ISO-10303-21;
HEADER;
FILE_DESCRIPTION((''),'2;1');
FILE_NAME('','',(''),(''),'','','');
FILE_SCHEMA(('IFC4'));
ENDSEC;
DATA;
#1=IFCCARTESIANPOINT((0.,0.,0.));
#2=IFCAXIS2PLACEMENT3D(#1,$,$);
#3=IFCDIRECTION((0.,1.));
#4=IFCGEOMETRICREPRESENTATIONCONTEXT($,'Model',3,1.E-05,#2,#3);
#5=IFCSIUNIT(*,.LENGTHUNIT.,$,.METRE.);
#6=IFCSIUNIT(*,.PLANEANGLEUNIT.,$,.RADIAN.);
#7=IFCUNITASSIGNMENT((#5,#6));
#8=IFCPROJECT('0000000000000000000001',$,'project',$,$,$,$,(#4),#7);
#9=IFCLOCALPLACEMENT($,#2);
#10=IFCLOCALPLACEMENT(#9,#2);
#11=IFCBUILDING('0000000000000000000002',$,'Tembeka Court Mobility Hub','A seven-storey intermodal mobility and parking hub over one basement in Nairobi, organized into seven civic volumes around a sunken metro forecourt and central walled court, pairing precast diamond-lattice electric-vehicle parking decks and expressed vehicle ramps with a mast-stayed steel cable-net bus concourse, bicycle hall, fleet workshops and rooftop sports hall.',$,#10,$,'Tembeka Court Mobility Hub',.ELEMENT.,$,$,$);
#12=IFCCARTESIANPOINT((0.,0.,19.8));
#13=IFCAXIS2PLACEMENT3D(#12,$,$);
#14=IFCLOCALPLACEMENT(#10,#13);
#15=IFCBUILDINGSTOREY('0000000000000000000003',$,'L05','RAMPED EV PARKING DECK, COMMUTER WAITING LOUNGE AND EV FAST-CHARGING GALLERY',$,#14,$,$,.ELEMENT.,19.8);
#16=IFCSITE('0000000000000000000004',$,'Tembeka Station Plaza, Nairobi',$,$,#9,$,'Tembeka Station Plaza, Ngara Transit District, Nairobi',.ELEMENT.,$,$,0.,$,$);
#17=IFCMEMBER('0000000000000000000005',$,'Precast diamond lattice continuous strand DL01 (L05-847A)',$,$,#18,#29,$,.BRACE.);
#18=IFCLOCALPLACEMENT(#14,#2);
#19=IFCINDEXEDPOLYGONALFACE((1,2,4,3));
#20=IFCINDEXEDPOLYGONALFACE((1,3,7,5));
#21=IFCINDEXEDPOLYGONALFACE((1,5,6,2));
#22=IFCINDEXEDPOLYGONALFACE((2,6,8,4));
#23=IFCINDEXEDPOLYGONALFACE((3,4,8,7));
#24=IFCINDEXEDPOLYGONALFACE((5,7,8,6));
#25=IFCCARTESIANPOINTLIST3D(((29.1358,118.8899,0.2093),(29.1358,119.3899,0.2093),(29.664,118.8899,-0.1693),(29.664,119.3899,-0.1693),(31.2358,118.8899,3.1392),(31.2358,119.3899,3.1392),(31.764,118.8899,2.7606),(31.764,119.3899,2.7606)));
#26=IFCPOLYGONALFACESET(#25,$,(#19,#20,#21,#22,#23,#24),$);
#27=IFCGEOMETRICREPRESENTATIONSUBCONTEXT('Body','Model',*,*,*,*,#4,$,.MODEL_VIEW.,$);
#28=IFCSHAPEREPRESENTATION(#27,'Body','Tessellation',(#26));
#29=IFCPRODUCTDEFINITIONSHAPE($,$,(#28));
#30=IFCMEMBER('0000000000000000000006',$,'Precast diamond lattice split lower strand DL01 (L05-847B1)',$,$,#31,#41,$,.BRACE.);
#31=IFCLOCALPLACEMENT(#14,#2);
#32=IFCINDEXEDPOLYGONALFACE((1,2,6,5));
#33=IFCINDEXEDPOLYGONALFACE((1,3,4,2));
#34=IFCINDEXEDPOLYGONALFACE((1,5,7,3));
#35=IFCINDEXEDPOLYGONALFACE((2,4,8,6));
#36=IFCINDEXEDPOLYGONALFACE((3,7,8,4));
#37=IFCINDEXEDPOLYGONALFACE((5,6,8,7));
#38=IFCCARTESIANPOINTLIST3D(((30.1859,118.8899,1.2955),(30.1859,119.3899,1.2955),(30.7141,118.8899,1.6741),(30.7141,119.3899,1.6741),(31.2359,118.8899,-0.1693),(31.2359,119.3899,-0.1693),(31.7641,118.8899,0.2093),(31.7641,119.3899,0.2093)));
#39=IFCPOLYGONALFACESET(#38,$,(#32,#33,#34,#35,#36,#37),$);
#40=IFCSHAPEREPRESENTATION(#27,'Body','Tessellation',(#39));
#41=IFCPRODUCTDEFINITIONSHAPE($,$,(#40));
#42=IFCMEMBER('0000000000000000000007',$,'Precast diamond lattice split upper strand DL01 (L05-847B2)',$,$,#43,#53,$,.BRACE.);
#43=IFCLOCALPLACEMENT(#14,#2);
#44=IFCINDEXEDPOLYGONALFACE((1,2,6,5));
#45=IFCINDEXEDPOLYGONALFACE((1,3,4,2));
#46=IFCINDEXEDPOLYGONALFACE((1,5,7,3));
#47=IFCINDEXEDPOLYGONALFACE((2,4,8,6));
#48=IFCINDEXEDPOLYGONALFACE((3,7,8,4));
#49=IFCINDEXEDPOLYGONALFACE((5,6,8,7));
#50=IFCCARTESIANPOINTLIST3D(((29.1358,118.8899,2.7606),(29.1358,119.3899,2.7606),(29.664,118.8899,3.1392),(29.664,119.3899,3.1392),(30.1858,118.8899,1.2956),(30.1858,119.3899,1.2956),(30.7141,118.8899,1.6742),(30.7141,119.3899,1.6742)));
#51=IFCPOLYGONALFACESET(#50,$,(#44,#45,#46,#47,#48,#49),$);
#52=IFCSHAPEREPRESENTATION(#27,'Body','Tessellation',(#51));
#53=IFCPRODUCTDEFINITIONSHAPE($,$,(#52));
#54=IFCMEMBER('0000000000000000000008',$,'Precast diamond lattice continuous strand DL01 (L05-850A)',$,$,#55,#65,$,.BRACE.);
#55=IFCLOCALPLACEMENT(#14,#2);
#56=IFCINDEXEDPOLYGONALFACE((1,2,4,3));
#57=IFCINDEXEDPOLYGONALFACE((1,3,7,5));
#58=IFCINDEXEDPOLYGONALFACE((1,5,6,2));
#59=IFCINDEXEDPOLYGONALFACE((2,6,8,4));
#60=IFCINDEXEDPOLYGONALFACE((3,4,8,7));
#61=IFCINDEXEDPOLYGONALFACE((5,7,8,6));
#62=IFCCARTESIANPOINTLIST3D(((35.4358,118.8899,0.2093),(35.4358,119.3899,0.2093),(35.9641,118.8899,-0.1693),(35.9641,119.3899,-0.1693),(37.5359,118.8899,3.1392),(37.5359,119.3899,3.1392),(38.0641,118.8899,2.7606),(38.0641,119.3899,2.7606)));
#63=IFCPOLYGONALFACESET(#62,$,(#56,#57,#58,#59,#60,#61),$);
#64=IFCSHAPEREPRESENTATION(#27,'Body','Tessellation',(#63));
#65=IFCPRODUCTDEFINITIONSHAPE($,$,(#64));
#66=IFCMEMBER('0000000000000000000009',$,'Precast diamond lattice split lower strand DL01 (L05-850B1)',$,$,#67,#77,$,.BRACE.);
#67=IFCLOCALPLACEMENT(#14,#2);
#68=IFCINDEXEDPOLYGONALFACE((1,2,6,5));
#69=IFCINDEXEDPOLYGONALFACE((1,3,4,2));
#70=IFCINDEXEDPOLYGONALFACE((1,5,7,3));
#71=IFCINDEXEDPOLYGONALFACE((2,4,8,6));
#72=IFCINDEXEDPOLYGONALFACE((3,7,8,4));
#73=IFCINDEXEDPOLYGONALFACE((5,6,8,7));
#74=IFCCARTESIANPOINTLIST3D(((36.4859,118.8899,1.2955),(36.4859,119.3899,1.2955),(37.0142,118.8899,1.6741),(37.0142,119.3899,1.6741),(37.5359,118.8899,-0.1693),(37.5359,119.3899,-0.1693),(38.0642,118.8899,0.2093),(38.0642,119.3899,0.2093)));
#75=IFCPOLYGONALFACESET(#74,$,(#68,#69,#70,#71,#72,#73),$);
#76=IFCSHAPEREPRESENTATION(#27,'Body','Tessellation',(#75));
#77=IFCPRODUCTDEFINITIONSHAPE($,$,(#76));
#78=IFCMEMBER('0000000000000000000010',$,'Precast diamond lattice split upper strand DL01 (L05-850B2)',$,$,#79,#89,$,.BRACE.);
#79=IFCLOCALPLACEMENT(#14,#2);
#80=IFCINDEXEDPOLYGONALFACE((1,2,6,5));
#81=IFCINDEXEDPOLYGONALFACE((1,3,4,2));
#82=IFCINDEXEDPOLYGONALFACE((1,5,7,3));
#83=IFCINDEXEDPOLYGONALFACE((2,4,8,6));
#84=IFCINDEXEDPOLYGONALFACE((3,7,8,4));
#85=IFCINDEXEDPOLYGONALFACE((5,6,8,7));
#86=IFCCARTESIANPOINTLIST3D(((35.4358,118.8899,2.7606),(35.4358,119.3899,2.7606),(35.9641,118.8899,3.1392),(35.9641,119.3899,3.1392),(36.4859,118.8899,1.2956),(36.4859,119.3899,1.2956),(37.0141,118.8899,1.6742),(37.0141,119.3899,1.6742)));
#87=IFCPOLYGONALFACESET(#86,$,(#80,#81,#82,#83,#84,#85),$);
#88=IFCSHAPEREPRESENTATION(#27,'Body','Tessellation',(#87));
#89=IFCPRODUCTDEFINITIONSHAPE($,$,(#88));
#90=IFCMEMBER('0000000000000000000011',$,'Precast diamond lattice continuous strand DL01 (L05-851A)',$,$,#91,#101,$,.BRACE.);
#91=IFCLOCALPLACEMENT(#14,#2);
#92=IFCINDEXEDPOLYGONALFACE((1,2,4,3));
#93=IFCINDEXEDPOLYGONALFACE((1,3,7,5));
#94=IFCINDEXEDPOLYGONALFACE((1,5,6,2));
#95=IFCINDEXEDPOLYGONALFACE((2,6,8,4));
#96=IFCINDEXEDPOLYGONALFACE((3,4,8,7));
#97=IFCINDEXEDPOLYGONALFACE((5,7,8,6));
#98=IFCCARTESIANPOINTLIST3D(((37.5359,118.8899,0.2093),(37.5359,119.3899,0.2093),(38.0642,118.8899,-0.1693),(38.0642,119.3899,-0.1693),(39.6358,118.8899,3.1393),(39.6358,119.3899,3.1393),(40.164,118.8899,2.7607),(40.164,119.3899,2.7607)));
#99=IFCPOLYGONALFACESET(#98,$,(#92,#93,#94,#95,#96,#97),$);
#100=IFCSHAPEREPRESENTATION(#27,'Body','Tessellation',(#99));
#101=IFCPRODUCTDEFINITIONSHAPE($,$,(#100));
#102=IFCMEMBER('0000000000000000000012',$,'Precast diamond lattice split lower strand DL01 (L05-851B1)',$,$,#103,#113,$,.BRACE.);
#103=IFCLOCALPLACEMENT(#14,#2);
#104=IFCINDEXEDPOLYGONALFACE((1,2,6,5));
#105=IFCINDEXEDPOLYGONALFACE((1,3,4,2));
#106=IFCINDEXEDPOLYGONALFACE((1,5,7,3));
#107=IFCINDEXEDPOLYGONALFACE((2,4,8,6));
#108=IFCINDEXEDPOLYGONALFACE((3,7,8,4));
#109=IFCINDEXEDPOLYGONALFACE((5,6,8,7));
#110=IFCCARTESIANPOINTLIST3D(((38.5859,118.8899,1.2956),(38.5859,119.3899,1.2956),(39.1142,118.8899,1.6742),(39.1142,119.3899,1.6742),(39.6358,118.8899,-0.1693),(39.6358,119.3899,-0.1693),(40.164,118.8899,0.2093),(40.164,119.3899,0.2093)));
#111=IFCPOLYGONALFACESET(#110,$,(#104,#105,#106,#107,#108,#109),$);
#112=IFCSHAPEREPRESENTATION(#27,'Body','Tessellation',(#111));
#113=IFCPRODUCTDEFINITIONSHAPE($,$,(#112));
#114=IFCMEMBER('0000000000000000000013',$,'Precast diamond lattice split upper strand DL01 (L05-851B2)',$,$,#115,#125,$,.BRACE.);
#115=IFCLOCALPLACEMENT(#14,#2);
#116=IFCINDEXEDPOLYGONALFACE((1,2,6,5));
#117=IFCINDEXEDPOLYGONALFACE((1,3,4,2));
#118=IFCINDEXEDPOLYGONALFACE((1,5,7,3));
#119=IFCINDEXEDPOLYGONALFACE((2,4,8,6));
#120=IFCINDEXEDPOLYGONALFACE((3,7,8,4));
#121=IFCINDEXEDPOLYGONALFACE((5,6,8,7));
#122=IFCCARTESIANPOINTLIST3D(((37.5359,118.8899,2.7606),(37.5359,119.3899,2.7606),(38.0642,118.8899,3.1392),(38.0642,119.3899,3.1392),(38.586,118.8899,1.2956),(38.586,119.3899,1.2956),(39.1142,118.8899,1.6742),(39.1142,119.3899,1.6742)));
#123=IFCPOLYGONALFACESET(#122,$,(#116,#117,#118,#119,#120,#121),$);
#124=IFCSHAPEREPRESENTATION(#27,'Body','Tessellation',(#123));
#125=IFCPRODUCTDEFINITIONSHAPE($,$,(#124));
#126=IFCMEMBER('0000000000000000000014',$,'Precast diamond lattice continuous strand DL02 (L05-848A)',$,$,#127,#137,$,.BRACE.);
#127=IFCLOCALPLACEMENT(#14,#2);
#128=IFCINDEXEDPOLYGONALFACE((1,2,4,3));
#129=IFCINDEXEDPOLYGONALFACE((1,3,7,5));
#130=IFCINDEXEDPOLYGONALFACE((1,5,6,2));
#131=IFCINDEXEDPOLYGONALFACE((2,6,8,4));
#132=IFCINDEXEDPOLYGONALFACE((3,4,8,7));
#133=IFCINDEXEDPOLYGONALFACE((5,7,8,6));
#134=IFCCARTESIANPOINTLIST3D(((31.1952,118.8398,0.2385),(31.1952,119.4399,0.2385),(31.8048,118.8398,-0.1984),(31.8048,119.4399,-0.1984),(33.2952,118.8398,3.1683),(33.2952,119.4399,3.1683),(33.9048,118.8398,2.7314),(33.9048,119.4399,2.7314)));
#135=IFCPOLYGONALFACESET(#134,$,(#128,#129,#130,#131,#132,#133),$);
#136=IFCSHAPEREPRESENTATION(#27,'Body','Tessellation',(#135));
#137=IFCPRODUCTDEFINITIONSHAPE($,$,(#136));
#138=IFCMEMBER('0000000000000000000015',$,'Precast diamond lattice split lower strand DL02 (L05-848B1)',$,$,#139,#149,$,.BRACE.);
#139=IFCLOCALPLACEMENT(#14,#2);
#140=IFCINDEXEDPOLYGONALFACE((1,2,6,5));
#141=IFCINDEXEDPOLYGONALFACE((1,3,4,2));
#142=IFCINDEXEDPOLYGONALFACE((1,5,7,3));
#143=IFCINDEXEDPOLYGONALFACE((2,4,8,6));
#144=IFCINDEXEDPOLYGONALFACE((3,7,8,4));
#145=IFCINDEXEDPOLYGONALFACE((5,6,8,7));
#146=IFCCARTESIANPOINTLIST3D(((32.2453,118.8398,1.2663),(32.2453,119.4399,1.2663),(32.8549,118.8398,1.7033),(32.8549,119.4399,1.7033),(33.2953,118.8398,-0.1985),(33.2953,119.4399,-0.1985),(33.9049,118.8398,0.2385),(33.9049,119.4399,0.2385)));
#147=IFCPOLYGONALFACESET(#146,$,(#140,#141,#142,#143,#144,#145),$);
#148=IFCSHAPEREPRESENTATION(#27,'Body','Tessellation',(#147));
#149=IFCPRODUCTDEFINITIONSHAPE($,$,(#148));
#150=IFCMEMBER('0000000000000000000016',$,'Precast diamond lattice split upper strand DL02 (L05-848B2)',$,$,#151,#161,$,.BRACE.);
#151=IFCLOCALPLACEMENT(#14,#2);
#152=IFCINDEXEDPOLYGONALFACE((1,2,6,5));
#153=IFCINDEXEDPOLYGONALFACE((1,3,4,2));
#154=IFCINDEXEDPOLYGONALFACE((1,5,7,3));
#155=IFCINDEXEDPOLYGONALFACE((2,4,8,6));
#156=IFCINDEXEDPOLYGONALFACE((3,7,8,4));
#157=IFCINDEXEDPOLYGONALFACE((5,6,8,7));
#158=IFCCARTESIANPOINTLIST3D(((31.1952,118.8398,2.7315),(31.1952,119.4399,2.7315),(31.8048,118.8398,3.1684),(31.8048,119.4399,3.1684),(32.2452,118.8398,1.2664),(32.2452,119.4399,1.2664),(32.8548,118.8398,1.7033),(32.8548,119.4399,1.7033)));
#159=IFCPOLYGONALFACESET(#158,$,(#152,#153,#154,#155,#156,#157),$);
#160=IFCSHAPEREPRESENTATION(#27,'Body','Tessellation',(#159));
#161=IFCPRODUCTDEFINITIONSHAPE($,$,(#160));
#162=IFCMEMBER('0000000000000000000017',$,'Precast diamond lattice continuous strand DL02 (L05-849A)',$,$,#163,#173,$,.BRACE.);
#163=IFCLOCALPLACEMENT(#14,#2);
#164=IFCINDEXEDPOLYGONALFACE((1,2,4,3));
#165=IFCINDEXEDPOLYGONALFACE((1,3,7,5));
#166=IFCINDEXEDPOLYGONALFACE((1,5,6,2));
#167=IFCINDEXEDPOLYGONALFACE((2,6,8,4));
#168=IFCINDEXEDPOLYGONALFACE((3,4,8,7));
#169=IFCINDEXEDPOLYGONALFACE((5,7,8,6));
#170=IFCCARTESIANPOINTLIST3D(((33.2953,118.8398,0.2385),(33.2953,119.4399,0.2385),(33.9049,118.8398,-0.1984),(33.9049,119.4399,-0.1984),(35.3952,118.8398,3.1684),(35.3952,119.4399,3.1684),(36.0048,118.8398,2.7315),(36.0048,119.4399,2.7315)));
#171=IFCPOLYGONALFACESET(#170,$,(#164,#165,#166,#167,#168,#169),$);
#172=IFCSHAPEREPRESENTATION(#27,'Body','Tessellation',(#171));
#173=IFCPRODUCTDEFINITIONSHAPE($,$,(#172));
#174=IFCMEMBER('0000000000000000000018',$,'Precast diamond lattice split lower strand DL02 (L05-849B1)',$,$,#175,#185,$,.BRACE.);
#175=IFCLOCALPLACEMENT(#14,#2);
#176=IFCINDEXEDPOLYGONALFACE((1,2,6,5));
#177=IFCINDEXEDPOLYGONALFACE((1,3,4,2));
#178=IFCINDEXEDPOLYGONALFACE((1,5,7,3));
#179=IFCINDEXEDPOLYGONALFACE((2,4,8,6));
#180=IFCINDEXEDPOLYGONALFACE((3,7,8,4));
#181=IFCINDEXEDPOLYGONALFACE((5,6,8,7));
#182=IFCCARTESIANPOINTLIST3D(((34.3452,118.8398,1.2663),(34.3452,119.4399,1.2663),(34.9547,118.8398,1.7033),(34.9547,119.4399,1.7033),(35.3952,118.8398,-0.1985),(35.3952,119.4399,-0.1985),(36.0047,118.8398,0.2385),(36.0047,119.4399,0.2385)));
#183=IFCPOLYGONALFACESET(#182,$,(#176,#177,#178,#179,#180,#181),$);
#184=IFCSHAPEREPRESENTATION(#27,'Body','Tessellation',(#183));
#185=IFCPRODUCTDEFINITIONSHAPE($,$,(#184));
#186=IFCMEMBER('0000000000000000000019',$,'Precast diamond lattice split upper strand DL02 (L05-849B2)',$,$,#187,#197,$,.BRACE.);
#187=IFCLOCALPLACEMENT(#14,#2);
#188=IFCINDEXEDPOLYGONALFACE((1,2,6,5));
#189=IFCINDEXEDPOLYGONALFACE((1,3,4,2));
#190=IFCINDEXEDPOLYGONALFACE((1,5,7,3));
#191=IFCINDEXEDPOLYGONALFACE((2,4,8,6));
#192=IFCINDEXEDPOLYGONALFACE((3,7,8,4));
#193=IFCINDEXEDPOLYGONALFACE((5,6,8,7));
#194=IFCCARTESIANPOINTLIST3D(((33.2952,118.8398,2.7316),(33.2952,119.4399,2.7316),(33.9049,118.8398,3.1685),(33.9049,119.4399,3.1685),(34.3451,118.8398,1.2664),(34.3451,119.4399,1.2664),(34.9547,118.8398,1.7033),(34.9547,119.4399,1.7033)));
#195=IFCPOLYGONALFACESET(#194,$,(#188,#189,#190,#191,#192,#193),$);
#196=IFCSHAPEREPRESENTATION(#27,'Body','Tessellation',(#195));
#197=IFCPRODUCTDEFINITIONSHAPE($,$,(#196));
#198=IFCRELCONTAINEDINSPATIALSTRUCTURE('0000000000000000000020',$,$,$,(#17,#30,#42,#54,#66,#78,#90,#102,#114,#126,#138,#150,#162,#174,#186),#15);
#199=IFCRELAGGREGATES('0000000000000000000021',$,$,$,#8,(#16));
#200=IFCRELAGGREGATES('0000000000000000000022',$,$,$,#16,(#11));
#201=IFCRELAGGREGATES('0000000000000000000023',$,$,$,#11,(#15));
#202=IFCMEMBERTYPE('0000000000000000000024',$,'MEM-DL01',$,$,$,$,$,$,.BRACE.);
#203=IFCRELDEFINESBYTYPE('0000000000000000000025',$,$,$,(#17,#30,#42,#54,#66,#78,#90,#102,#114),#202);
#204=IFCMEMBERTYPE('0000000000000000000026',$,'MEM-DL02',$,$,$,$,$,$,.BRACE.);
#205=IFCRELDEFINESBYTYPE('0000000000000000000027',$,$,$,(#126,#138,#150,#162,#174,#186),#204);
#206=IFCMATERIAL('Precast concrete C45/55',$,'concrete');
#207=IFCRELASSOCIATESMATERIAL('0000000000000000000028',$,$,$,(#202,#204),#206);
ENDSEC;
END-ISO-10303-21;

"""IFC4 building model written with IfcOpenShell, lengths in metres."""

from ifc_helpers import new_model, si_unit, direction, frame, origin, origin_2d, place, context, subcontext, project, spatial, rectangle, extrude, material, material_profile, profile_set, type_object, element, save


model = new_model("IFC4")

# Units and contexts
model_context = context("Model", 3, precision=1e-05, world=origin(), true_north=direction((0.0, 1.0)))
body_context = subcontext(model_context, "Body", "Model", "MODEL_VIEW")
ifc_project = project(units=[si_unit("LENGTHUNIT", "METRE"), si_unit("PLANEANGLEUNIT", "RADIAN")], contexts=[model_context])

# Site, building, storey
site_placement = place(None, origin())
site = spatial("IfcSite", under=ifc_project, at=site_placement, Name="Tembeka Station Plaza, Nairobi", LongName="Tembeka Station Plaza, Ngara Transit District, Nairobi", CompositionType="ELEMENT", RefElevation=0.0)
building_placement = place(site_placement, origin())
building = spatial("IfcBuilding", under=site, at=building_placement, Name="Tembeka Court Mobility Hub", Description="A seven-storey intermodal mobility and parking hub over one basement in Nairobi, organized into seven civic volumes around a sunken metro forecourt and central walled court, pairing precast diamond-lattice electric-vehicle parking decks and expressed vehicle ramps with a mast-stayed steel cable-net bus concourse, bicycle hall, fleet workshops and rooftop sports hall.", LongName="Tembeka Court Mobility Hub", CompositionType="ELEMENT")
storey_placement = place(building_placement, frame((0.0, 0.0, 19.8)))
storey = spatial("IfcBuildingStorey", under=building, at=storey_placement, Name="L05", Description="RAMPED EV PARKING DECK, COMMUTER WAITING LOUNGE AND EV FAST-CHARGING GALLERY", CompositionType="ELEMENT", Elevation=19.8)

# Members
ifc_material = material(Name="Precast concrete C45/55", Category="concrete")
ifc_material_profile_1 = material_profile(ifc_material, rectangle(XDim=0.5, YDim=0.6499, at=origin_2d()), Name="PC-DIAG 500x650")
ifc_profile_set_1 = profile_set([ifc_material_profile_1], Name="Precast concrete C45/55")
member_type_1 = type_object("IfcMemberType", Name="MEM-DL01", PredefinedType="BRACE", material=ifc_profile_set_1)
member_1_placement = place(storey_placement, frame((29.3999, 119.1399, 0.02), z_axis=(0.582576, 0.0, 0.812776), x_axis=(0.0, 1.0, 0.0)))
element("IfcMember", 1, at=member_1_placement, inside=storey, type_object=member_type_1, Name="Precast diamond lattice continuous strand DL01 (L05-847A)", PredefinedType="BRACE", context=body_context, shape_type="SweptSolid", body=[
    extrude(rectangle(XDim=0.5, YDim=0.6499, at=origin_2d()), origin(), (0.0, 0.0, 1.0), 3.6047),
])
member_2_placement = place(storey_placement, frame((31.5, 119.1399, 0.02), z_axis=(-0.582608, 0.0, 0.812753), x_axis=(0.0, -1.0, 0.0)))
element("IfcMember", 2, at=member_2_placement, inside=storey, type_object=member_type_1, Name="Precast diamond lattice split lower strand DL01 (L05-847B1)", PredefinedType="BRACE", context=body_context, shape_type="SweptSolid", body=[
    extrude(rectangle(XDim=0.5, YDim=0.6499, at=origin_2d()), origin(), (0.0, 0.0, 1.0), 1.8022),
])
member_3_placement = place(storey_placement, frame((30.45, 119.1399, 1.4849), z_axis=(-0.582544, 0.0, 0.812799), x_axis=(0.0, -1.0, 0.0)))
element("IfcMember", 3, at=member_3_placement, inside=storey, type_object=member_type_1, Name="Precast diamond lattice split upper strand DL01 (L05-847B2)", PredefinedType="BRACE", context=body_context, shape_type="SweptSolid", body=[
    extrude(rectangle(XDim=0.5, YDim=0.6499, at=origin_2d()), origin(), (0.0, 0.0, 1.0), 1.8025),
])
member_4_placement = place(storey_placement, frame((35.7, 119.1399, 0.02), z_axis=(0.582576, 0.0, 0.812776), x_axis=(0.0, 1.0, 0.0)))
element("IfcMember", 4, at=member_4_placement, inside=storey, type_object=member_type_1, Name="Precast diamond lattice continuous strand DL01 (L05-850A)", PredefinedType="BRACE", context=body_context, shape_type="SweptSolid", body=[
    extrude(rectangle(XDim=0.5, YDim=0.6499, at=origin_2d()), origin(), (0.0, 0.0, 1.0), 3.6047),
])
member_5_placement = place(storey_placement, frame((37.8, 119.1399, 0.02), z_axis=(-0.582608, 0.0, 0.812753), x_axis=(0.0, -1.0, 0.0)))
element("IfcMember", 5, at=member_5_placement, inside=storey, type_object=member_type_1, Name="Precast diamond lattice split lower strand DL01 (L05-850B1)", PredefinedType="BRACE", context=body_context, shape_type="SweptSolid", body=[
    extrude(rectangle(XDim=0.5, YDim=0.6499, at=origin_2d()), origin(), (0.0, 0.0, 1.0), 1.8022),
])
member_6_placement = place(storey_placement, frame((36.75, 119.1399, 1.4849), z_axis=(-0.582544, 0.0, 0.812799), x_axis=(0.0, -1.0, 0.0)))
element("IfcMember", 6, at=member_6_placement, inside=storey, type_object=member_type_1, Name="Precast diamond lattice split upper strand DL01 (L05-850B2)", PredefinedType="BRACE", context=body_context, shape_type="SweptSolid", body=[
    extrude(rectangle(XDim=0.5, YDim=0.6499, at=origin_2d()), origin(), (0.0, 0.0, 1.0), 1.8025),
])
member_7_placement = place(storey_placement, frame((37.8, 119.1399, 0.02), z_axis=(0.582532, 0.0, 0.812808), x_axis=(0.0, 1.0, 0.0)))
element("IfcMember", 7, at=member_7_placement, inside=storey, type_object=member_type_1, Name="Precast diamond lattice continuous strand DL01 (L05-851A)", PredefinedType="BRACE", context=body_context, shape_type="SweptSolid", body=[
    extrude(rectangle(XDim=0.5, YDim=0.6499, at=origin_2d()), origin(), (0.0, 0.0, 1.0), 3.6047),
])
member_8_placement = place(storey_placement, frame((39.8999, 119.1399, 0.02), z_axis=(-0.582519, 0.0, 0.812817), x_axis=(0.0, -1.0, 0.0)))
element("IfcMember", 8, at=member_8_placement, inside=storey, type_object=member_type_1, Name="Precast diamond lattice split lower strand DL01 (L05-851B1)", PredefinedType="BRACE", context=body_context, shape_type="SweptSolid", body=[
    extrude(rectangle(XDim=0.5, YDim=0.6499, at=origin_2d()), origin(), (0.0, 0.0, 1.0), 1.8022),
])
member_9_placement = place(storey_placement, frame((38.8501, 119.1399, 1.4849), z_axis=(-0.582544, 0.0, 0.812799), x_axis=(0.0, -1.0, 0.0)))
element("IfcMember", 9, at=member_9_placement, inside=storey, type_object=member_type_1, Name="Precast diamond lattice split upper strand DL01 (L05-851B2)", PredefinedType="BRACE", context=body_context, shape_type="SweptSolid", body=[
    extrude(rectangle(XDim=0.5, YDim=0.6499, at=origin_2d()), origin(), (0.0, 0.0, 1.0), 1.8025),
])
ifc_material_profile_2 = material_profile(ifc_material, rectangle(XDim=0.6001, YDim=0.75, at=origin_2d()), Name="PC-DIAG 600x750")
ifc_profile_set_2 = profile_set([ifc_material_profile_2], Name="Precast concrete C45/55")
member_type_2 = type_object("IfcMemberType", Name="MEM-DL02", PredefinedType="BRACE", material=ifc_profile_set_2)
member_10_placement = place(storey_placement, frame((31.5, 119.1399, 0.02), z_axis=(0.582576, 0.0, 0.812776), x_axis=(0.0, 1.0, 0.0)))
element("IfcMember", 10, at=member_10_placement, inside=storey, type_object=member_type_2, Name="Precast diamond lattice continuous strand DL02 (L05-848A)", PredefinedType="BRACE", context=body_context, shape_type="SweptSolid", body=[
    extrude(rectangle(XDim=0.6001, YDim=0.75, at=origin_2d()), origin(), (0.0, 0.0, 1.0), 3.6047),
])
member_11_placement = place(storey_placement, frame((33.6001, 119.1399, 0.02), z_axis=(-0.582608, 0.0, 0.812753), x_axis=(0.0, -1.0, 0.0)))
element("IfcMember", 11, at=member_11_placement, inside=storey, type_object=member_type_2, Name="Precast diamond lattice split lower strand DL02 (L05-848B1)", PredefinedType="BRACE", context=body_context, shape_type="SweptSolid", body=[
    extrude(rectangle(XDim=0.6001, YDim=0.75, at=origin_2d()), origin(), (0.0, 0.0, 1.0), 1.8022),
])
member_12_placement = place(storey_placement, frame((32.55, 119.1399, 1.4849), z_axis=(-0.582544, 0.0, 0.812799), x_axis=(0.0, -1.0, 0.0)))
element("IfcMember", 12, at=member_12_placement, inside=storey, type_object=member_type_2, Name="Precast diamond lattice split upper strand DL02 (L05-848B2)", PredefinedType="BRACE", context=body_context, shape_type="SweptSolid", body=[
    extrude(rectangle(XDim=0.6001, YDim=0.75, at=origin_2d()), origin(), (0.0, 0.0, 1.0), 1.8025),
])
member_13_placement = place(storey_placement, frame((33.6001, 119.1399, 0.02), z_axis=(0.582532, 0.0, 0.812808), x_axis=(0.0, 1.0, 0.0)))
element("IfcMember", 13, at=member_13_placement, inside=storey, type_object=member_type_2, Name="Precast diamond lattice continuous strand DL02 (L05-849A)", PredefinedType="BRACE", context=body_context, shape_type="SweptSolid", body=[
    extrude(rectangle(XDim=0.6001, YDim=0.75, at=origin_2d()), origin(), (0.0, 0.0, 1.0), 3.6047),
])
member_14_placement = place(storey_placement, frame((35.7, 119.1399, 0.02), z_axis=(-0.582608, 0.0, 0.812753), x_axis=(0.0, -1.0, 0.0)))
element("IfcMember", 14, at=member_14_placement, inside=storey, type_object=member_type_2, Name="Precast diamond lattice split lower strand DL02 (L05-849B1)", PredefinedType="BRACE", context=body_context, shape_type="SweptSolid", body=[
    extrude(rectangle(XDim=0.6001, YDim=0.75, at=origin_2d()), origin(), (0.0, 0.0, 1.0), 1.8022),
])
member_15_placement = place(storey_placement, frame((34.6499, 119.1399, 1.4849), z_axis=(-0.582455, 0.0, 0.812863), x_axis=(0.0, -1.0, 0.0)))
element("IfcMember", 15, at=member_15_placement, inside=storey, type_object=member_type_2, Name="Precast diamond lattice split upper strand DL02 (L05-849B2)", PredefinedType="BRACE", context=body_context, shape_type="SweptSolid", body=[
    extrude(rectangle(XDim=0.6001, YDim=0.75, at=origin_2d()), origin(), (0.0, 0.0, 1.0), 1.8025),
])

save(model, "model.ifc")
